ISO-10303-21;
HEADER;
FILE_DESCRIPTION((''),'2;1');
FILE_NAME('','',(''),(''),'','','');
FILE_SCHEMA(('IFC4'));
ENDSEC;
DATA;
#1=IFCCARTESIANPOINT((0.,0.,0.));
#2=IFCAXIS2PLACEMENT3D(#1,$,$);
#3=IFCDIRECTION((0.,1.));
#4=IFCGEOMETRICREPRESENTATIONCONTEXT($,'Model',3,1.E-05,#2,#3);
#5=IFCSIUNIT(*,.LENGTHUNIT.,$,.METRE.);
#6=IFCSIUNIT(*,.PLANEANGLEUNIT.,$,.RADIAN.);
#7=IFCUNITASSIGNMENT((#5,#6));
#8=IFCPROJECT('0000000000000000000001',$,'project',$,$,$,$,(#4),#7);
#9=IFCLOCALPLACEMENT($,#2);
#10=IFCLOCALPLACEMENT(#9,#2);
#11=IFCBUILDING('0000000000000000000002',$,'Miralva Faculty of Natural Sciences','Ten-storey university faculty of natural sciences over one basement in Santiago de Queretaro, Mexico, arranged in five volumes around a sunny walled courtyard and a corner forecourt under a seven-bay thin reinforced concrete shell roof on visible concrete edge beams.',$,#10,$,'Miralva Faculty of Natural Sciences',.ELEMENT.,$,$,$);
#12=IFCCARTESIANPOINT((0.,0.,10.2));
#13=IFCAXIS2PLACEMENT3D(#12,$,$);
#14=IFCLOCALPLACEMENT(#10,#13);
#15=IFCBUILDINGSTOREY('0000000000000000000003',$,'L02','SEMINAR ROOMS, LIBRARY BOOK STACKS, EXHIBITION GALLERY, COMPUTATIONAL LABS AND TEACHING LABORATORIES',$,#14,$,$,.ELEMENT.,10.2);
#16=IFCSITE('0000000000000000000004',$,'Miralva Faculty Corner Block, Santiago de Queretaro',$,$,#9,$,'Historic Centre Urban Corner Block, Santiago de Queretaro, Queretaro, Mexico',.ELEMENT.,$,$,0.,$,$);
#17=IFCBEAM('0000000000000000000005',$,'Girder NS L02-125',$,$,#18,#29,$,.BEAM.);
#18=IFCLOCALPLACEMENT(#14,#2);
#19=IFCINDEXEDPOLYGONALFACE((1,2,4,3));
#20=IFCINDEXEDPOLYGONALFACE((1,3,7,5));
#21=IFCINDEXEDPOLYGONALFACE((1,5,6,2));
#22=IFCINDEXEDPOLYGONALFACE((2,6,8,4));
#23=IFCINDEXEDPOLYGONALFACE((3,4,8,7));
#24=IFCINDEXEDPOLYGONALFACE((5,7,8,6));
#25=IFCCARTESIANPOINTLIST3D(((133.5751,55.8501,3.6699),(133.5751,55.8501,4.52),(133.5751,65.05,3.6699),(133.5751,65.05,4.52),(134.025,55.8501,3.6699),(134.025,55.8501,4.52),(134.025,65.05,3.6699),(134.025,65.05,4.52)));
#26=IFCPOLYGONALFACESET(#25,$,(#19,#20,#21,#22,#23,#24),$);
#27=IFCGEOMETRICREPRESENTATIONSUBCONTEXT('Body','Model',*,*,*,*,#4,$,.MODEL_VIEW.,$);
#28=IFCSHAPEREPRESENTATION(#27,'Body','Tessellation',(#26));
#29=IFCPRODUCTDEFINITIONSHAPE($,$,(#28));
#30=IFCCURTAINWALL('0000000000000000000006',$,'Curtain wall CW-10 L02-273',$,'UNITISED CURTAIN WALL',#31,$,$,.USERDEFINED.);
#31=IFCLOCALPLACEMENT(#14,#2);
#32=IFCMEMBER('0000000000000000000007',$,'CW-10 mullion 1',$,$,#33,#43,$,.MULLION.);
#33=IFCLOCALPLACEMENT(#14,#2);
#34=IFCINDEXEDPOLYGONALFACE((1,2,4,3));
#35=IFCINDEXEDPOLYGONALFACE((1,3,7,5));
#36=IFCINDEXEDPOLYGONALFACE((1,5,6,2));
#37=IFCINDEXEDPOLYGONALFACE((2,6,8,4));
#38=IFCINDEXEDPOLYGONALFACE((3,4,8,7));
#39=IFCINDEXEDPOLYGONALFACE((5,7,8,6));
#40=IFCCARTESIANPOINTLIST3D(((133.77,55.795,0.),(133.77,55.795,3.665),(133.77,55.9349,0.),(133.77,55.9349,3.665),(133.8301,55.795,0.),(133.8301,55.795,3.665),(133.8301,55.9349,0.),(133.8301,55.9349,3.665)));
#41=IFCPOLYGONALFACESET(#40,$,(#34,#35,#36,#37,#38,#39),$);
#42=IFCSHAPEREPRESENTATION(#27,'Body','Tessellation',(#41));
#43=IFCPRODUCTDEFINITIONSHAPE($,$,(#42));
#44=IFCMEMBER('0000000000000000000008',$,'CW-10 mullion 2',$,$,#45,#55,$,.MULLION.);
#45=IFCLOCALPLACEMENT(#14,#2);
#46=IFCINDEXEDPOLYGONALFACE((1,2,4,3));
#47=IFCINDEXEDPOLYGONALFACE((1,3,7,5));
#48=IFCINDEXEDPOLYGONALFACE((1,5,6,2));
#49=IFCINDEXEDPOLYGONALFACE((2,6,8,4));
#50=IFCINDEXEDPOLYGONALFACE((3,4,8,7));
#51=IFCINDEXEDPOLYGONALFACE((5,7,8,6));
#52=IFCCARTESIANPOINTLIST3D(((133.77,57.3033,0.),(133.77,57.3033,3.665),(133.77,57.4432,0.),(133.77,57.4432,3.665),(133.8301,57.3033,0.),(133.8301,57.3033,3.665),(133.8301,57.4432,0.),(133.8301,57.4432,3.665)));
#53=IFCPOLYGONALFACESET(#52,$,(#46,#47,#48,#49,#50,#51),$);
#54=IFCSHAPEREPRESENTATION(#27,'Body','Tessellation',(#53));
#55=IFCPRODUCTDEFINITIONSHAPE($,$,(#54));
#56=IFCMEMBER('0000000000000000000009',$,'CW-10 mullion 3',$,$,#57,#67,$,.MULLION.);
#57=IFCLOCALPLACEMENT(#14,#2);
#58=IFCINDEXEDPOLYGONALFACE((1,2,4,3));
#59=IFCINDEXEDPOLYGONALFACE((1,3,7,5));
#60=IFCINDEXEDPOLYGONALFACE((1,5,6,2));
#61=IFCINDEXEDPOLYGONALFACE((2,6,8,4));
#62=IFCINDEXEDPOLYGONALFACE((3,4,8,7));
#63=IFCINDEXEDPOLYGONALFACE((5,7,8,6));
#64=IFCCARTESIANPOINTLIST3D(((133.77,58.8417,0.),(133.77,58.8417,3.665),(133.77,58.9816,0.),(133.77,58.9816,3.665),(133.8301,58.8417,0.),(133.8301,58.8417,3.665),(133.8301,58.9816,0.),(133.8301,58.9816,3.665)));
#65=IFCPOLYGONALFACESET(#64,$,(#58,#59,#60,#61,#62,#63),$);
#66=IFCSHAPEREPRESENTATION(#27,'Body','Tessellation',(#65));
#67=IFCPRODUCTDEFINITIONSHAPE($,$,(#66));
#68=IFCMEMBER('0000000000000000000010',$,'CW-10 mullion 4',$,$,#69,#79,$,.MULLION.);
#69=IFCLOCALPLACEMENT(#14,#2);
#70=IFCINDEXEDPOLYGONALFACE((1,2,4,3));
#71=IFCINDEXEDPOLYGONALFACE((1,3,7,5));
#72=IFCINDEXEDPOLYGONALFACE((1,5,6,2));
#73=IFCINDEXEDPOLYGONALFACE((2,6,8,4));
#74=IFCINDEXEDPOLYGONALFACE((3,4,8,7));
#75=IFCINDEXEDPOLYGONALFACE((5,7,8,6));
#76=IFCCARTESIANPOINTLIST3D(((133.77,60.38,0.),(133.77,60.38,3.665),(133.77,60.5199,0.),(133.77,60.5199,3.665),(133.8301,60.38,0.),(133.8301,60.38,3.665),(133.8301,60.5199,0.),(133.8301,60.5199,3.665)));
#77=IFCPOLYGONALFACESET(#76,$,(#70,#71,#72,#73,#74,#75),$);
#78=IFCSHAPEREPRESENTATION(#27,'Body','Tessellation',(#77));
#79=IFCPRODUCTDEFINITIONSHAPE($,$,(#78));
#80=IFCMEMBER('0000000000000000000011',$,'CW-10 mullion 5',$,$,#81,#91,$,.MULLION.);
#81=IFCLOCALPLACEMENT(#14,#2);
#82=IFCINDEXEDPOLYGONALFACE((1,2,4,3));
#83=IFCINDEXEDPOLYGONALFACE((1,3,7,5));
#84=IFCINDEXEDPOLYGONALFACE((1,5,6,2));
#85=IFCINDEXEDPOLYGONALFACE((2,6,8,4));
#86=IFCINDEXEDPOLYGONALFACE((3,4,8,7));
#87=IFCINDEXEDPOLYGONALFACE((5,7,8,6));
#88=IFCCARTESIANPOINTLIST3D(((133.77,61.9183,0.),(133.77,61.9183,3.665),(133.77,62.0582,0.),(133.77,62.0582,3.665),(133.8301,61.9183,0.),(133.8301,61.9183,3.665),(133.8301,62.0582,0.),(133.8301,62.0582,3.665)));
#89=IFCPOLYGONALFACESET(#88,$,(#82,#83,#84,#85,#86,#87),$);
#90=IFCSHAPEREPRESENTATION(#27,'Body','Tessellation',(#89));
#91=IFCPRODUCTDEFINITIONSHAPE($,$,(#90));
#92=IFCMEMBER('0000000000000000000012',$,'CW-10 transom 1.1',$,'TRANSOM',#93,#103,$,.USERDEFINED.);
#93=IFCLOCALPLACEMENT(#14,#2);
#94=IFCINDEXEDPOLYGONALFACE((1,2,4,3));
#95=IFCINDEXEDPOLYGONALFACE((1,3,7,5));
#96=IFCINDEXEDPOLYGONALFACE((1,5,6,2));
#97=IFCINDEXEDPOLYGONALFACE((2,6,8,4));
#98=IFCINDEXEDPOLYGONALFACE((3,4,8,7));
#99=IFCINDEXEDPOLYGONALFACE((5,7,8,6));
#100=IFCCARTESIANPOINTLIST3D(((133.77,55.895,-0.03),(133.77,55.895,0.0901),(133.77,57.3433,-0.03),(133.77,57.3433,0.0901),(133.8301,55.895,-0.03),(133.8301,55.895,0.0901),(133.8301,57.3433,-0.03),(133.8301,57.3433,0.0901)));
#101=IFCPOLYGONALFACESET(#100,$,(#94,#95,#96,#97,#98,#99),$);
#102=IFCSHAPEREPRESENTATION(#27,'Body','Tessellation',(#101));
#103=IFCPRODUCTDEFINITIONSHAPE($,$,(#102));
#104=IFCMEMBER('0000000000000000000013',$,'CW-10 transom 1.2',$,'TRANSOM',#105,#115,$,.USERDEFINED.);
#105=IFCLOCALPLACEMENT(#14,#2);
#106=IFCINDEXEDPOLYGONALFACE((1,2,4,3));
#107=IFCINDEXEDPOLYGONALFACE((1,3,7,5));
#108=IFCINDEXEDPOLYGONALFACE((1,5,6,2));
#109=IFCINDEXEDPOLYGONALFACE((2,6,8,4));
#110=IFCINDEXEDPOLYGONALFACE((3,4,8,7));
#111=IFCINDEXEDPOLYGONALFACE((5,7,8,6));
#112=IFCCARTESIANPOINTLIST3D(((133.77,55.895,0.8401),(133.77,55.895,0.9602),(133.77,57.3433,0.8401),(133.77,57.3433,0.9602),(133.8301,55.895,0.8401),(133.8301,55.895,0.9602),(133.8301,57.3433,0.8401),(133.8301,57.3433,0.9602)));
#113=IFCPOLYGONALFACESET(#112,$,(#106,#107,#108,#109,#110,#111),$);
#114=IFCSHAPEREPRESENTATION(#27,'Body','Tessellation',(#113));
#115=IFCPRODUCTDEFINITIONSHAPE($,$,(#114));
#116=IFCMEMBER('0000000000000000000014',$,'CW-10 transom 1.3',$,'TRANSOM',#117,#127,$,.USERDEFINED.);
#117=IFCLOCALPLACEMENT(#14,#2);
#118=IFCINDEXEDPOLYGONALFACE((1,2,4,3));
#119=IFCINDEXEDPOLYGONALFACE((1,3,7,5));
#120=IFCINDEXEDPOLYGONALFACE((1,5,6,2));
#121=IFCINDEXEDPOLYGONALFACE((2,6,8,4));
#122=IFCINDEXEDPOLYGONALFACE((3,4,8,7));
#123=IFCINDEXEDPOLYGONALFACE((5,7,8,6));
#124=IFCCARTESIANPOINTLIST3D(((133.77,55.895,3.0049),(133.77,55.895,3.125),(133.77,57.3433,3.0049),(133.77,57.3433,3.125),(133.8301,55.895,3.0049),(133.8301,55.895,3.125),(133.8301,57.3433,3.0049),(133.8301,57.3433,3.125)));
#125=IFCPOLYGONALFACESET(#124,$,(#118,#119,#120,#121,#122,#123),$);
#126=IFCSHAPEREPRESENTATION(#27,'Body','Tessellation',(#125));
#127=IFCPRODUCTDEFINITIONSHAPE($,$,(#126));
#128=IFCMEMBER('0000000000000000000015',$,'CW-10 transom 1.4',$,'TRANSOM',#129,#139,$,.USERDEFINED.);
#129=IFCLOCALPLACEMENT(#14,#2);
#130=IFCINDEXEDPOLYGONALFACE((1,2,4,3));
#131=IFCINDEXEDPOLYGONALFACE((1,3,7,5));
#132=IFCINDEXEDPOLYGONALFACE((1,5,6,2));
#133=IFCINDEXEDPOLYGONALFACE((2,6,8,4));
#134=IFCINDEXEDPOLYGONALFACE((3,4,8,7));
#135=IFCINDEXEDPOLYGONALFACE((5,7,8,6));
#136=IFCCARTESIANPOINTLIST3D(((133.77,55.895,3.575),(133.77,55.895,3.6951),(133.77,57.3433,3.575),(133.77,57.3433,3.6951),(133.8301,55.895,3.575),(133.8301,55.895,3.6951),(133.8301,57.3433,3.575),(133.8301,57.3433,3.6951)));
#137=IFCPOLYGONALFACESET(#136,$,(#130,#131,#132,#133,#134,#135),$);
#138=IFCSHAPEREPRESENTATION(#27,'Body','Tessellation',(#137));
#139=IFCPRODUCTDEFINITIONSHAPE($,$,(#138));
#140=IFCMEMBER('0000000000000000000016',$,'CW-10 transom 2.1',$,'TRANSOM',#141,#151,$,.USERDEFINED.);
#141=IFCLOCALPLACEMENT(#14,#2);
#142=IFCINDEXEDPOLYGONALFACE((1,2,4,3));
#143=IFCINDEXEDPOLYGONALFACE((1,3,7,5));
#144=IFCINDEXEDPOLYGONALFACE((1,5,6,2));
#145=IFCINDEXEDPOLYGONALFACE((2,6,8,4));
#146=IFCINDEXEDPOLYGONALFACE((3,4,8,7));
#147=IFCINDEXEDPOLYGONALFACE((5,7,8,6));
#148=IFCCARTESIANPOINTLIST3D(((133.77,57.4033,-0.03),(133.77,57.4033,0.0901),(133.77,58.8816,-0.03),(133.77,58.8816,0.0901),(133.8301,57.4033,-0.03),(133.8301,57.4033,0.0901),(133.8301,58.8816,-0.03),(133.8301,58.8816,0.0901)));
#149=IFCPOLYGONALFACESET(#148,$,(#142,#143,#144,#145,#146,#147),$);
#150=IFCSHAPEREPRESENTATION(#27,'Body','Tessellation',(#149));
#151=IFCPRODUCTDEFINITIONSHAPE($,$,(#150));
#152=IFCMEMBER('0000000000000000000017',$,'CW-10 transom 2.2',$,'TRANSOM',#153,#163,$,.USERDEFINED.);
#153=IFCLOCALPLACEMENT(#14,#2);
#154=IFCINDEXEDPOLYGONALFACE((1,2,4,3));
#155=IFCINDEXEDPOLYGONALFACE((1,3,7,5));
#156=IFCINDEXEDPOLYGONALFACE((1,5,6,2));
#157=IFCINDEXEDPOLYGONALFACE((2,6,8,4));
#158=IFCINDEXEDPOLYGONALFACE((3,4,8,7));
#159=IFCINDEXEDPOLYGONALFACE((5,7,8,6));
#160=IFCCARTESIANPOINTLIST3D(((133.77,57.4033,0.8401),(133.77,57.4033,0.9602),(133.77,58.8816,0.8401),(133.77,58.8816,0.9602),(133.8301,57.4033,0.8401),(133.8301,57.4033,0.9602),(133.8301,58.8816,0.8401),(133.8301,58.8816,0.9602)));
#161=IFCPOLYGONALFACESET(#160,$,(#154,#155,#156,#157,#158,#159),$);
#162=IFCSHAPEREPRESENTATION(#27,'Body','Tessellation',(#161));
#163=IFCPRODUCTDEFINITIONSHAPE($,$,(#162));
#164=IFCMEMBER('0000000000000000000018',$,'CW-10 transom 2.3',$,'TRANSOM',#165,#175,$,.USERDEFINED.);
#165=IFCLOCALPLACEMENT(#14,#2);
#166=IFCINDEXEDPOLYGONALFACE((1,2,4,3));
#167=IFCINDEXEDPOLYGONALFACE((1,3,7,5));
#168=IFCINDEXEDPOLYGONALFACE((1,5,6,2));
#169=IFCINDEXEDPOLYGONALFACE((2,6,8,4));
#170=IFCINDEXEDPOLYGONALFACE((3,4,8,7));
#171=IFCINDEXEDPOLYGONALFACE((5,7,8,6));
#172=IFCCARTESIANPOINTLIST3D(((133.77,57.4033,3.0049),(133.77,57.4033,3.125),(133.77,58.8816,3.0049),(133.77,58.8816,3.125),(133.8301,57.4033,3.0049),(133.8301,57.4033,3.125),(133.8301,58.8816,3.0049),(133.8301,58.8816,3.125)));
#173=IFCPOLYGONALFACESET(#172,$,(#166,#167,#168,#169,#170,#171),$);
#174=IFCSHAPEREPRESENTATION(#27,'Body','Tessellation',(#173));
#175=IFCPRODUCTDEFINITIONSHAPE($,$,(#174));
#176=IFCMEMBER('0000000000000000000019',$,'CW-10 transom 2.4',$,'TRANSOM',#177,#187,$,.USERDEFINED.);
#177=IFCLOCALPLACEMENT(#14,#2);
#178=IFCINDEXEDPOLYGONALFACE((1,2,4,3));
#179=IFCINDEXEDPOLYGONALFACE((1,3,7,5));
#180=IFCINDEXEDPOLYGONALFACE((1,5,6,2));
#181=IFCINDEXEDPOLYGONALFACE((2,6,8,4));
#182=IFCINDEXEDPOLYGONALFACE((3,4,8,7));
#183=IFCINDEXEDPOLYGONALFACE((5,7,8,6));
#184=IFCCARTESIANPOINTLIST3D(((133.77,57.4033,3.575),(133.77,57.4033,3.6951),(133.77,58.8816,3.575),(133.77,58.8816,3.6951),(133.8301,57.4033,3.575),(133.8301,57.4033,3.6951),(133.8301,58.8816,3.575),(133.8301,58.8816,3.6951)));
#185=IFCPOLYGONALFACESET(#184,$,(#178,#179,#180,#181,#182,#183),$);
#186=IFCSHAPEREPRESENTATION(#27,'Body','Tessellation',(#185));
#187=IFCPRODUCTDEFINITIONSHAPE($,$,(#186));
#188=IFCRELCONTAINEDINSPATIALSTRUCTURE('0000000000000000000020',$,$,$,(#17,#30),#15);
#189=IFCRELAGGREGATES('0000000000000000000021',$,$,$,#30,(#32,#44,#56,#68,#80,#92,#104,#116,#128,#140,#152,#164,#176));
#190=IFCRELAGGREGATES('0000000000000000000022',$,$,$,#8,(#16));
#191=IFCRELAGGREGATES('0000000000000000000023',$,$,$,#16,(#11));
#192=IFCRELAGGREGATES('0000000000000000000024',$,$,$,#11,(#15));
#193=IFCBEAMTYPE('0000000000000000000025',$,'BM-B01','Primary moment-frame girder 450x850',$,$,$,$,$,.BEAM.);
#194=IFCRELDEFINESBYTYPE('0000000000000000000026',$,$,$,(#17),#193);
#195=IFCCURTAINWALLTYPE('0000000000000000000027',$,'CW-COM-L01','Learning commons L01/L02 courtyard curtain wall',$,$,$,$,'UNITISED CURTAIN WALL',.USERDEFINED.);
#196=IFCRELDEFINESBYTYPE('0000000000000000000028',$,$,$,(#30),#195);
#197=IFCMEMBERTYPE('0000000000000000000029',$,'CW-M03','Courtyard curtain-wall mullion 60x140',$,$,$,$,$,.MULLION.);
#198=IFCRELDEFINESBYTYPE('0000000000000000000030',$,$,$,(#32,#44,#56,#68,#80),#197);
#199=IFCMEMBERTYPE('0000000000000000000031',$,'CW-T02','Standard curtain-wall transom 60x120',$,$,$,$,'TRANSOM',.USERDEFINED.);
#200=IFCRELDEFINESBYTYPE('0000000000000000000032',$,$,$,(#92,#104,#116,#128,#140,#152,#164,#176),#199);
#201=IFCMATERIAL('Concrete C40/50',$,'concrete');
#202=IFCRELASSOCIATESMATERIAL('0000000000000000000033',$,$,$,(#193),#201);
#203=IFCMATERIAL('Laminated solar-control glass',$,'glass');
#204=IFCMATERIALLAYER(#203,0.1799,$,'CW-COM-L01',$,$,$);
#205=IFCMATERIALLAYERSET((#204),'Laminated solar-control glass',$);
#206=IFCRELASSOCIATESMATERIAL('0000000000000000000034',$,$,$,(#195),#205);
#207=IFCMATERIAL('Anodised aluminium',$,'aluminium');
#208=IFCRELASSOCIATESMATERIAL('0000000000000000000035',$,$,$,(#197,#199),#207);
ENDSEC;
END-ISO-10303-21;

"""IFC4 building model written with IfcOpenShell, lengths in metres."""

from ifc_helpers import new_model, si_unit, direction, frame, origin, origin_2d, place, context, subcontext, project, spatial, rectangle, extrude, material, layer, layer_set, material_profile, profile_set, type_object, element, aggregate, save


model = new_model("IFC4")

# Units and contexts
model_context = context("Model", 3, precision=1e-05, world=origin(), true_north=direction((0.0, 1.0)))
body_context = subcontext(model_context, "Body", "Model", "MODEL_VIEW")
ifc_project = project(units=[si_unit("LENGTHUNIT", "METRE"), si_unit("PLANEANGLEUNIT", "RADIAN")], contexts=[model_context])

# Site, building, storey
site_placement = place(None, origin())
site = spatial("IfcSite", under=ifc_project, at=site_placement, Name="Miralva Faculty Corner Block, Santiago de Queretaro", LongName="Historic Centre Urban Corner Block, Santiago de Queretaro, Queretaro, Mexico", CompositionType="ELEMENT", RefElevation=0.0)
building_placement = place(site_placement, origin())
building = spatial("IfcBuilding", under=site, at=building_placement, Name="Miralva Faculty of Natural Sciences", Description="Ten-storey university faculty of natural sciences over one basement in Santiago de Queretaro, Mexico, arranged in five volumes around a sunny walled courtyard and a corner forecourt under a seven-bay thin reinforced concrete shell roof on visible concrete edge beams.", LongName="Miralva Faculty of Natural Sciences", CompositionType="ELEMENT")
storey_placement = place(building_placement, frame((0.0, 0.0, 10.2)))
storey = spatial("IfcBuildingStorey", under=building, at=storey_placement, Name="L02", Description="SEMINAR ROOMS, LIBRARY BOOK STACKS, EXHIBITION GALLERY, COMPUTATIONAL LABS AND TEACHING LABORATORIES", CompositionType="ELEMENT", Elevation=10.2)

# Beam
ifc_material_1 = material(Name="Concrete C40/50", Category="concrete")
ifc_material_profile_1 = material_profile(ifc_material_1, rectangle(XDim=0.45, YDim=0.8501, at=origin_2d()), Name="RC 450x850")
ifc_profile_set_1 = profile_set([ifc_material_profile_1], Name="Concrete C40/50")
beam_type = type_object("IfcBeamType", Name="BM-B01", Description="Primary moment-frame girder 450x850", PredefinedType="BEAM", material=ifc_profile_set_1)
beam_placement = place(storey_placement, frame((133.8, 55.8501, 4.095), z_axis=(0.0, 1.0, 0.0), x_axis=(-1.0, 0.0, 0.0)))
element("IfcBeam", 1, at=beam_placement, inside=storey, type_object=beam_type, Name="Girder NS L02-125", PredefinedType="BEAM", context=body_context, shape_type="SweptSolid", body=[
    extrude(rectangle(XDim=0.45, YDim=0.8501, at=origin_2d()), origin(), (0.0, 0.0, 1.0), 9.2),
])

# Curtain wall, members
ifc_material_2 = material(Name="Laminated solar-control glass", Category="glass")
ifc_layer_1 = layer(ifc_material_2, 0.1799, Name="CW-COM-L01")
ifc_layer_set_1 = layer_set([ifc_layer_1], Name="Laminated solar-control glass")
curtain_wall_type = type_object("IfcCurtainWallType", Name="CW-COM-L01", Description="Learning commons L01/L02 courtyard curtain wall", ElementType="UNITISED CURTAIN WALL", PredefinedType="USERDEFINED", material=ifc_layer_set_1)
curtain_wall_placement = place(storey_placement, origin())
curtain_wall = element("IfcCurtainWall", 2, at=curtain_wall_placement, inside=storey, type_object=curtain_wall_type, Name="Curtain wall CW-10 L02-273", ObjectType="UNITISED CURTAIN WALL", PredefinedType="USERDEFINED")
ifc_material_3 = material(Name="Anodised aluminium", Category="aluminium")
ifc_material_profile_2 = material_profile(ifc_material_3, rectangle(XDim=0.0601, YDim=0.1399, at=origin_2d()), Name="MULLION 60x140")
ifc_profile_set_2 = profile_set([ifc_material_profile_2], Name="Anodised aluminium")
member_type_1 = type_object("IfcMemberType", Name="CW-M03", Description="Courtyard curtain-wall mullion 60x140", PredefinedType="MULLION", material=ifc_profile_set_2)
member_1_placement = place(storey_placement, frame((133.8, 55.865, 0.0), z_axis=(0.0, 0.0, 1.0), x_axis=(-1.0, 0.0, 0.0)))
member_1 = element("IfcMember", 3, at=member_1_placement, type_object=member_type_1, Name="CW-10 mullion 1", PredefinedType="MULLION", context=body_context, shape_type="SweptSolid", body=[
    extrude(rectangle(XDim=0.0601, YDim=0.1399, at=origin_2d()), origin(), (0.0, 0.0, 1.0), 3.665),
])
member_2_placement = place(storey_placement, frame((133.8, 57.3733, 0.0), z_axis=(0.0, 0.0, 1.0), x_axis=(-1.0, 0.0, 0.0)))
member_2 = element("IfcMember", 4, at=member_2_placement, type_object=member_type_1, Name="CW-10 mullion 2", PredefinedType="MULLION", context=body_context, shape_type="SweptSolid", body=[
    extrude(rectangle(XDim=0.0601, YDim=0.1399, at=origin_2d()), origin(), (0.0, 0.0, 1.0), 3.665),
])
member_3_placement = place(storey_placement, frame((133.8, 58.9116, 0.0), z_axis=(0.0, 0.0, 1.0), x_axis=(-1.0, 0.0, 0.0)))
member_3 = element("IfcMember", 5, at=member_3_placement, type_object=member_type_1, Name="CW-10 mullion 3", PredefinedType="MULLION", context=body_context, shape_type="SweptSolid", body=[
    extrude(rectangle(XDim=0.0601, YDim=0.1399, at=origin_2d()), origin(), (0.0, 0.0, 1.0), 3.665),
])
member_4_placement = place(storey_placement, frame((133.8, 60.45, 0.0), z_axis=(0.0, 0.0, 1.0), x_axis=(-1.0, 0.0, 0.0)))
member_4 = element("IfcMember", 6, at=member_4_placement, type_object=member_type_1, Name="CW-10 mullion 4", PredefinedType="MULLION", context=body_context, shape_type="SweptSolid", body=[
    extrude(rectangle(XDim=0.0601, YDim=0.1399, at=origin_2d()), origin(), (0.0, 0.0, 1.0), 3.665),
])
member_5_placement = place(storey_placement, frame((133.8, 61.9883, 0.0), z_axis=(0.0, 0.0, 1.0), x_axis=(-1.0, 0.0, 0.0)))
member_5 = element("IfcMember", 7, at=member_5_placement, type_object=member_type_1, Name="CW-10 mullion 5", PredefinedType="MULLION", context=body_context, shape_type="SweptSolid", body=[
    extrude(rectangle(XDim=0.0601, YDim=0.1399, at=origin_2d()), origin(), (0.0, 0.0, 1.0), 3.665),
])
ifc_material_profile_3 = material_profile(ifc_material_3, rectangle(XDim=0.0601, YDim=0.1201, at=origin_2d()), Name="TRANSOM 60x120")
ifc_profile_set_3 = profile_set([ifc_material_profile_3], Name="Anodised aluminium")
member_type_2 = type_object("IfcMemberType", Name="CW-T02", Description="Standard curtain-wall transom 60x120", ElementType="TRANSOM", PredefinedType="USERDEFINED", material=ifc_profile_set_3)
member_6_placement = place(storey_placement, frame((133.8, 55.895, 0.03), z_axis=(0.0, 1.0, 0.0), x_axis=(-1.0, 0.0, 0.0)))
member_6 = element("IfcMember", 8, at=member_6_placement, type_object=member_type_2, Name="CW-10 transom 1.1", ObjectType="TRANSOM", PredefinedType="USERDEFINED", context=body_context, shape_type="SweptSolid", body=[
    extrude(rectangle(XDim=0.0601, YDim=0.1201, at=origin_2d()), origin(), (0.0, 0.0, 1.0), 1.4482),
])
member_7_placement = place(storey_placement, frame((133.8, 55.895, 0.9001), z_axis=(0.0, 1.0, 0.0), x_axis=(-1.0, 0.0, 0.0)))
member_7 = element("IfcMember", 9, at=member_7_placement, type_object=member_type_2, Name="CW-10 transom 1.2", ObjectType="TRANSOM", PredefinedType="USERDEFINED", context=body_context, shape_type="SweptSolid", body=[
    extrude(rectangle(XDim=0.0601, YDim=0.1201, at=origin_2d()), origin(), (0.0, 0.0, 1.0), 1.4482),
])
member_8_placement = place(storey_placement, frame((133.8, 55.895, 3.0649), z_axis=(0.0, 1.0, 0.0), x_axis=(-1.0, 0.0, 0.0)))
member_8 = element("IfcMember", 10, at=member_8_placement, type_object=member_type_2, Name="CW-10 transom 1.3", ObjectType="TRANSOM", PredefinedType="USERDEFINED", context=body_context, shape_type="SweptSolid", body=[
    extrude(rectangle(XDim=0.0601, YDim=0.1201, at=origin_2d()), origin(), (0.0, 0.0, 1.0), 1.4482),
])
member_9_placement = place(storey_placement, frame((133.8, 55.895, 3.635), z_axis=(0.0, 1.0, 0.0), x_axis=(-1.0, 0.0, 0.0)))
member_9 = element("IfcMember", 11, at=member_9_placement, type_object=member_type_2, Name="CW-10 transom 1.4", ObjectType="TRANSOM", PredefinedType="USERDEFINED", context=body_context, shape_type="SweptSolid", body=[
    extrude(rectangle(XDim=0.0601, YDim=0.1201, at=origin_2d()), origin(), (0.0, 0.0, 1.0), 1.4482),
])
member_10_placement = place(storey_placement, frame((133.8, 57.4033, 0.03), z_axis=(0.0, 1.0, 0.0), x_axis=(-1.0, 0.0, 0.0)))
member_10 = element("IfcMember", 12, at=member_10_placement, type_object=member_type_2, Name="CW-10 transom 2.1", ObjectType="TRANSOM", PredefinedType="USERDEFINED", context=body_context, shape_type="SweptSolid", body=[
    extrude(rectangle(XDim=0.0601, YDim=0.1201, at=origin_2d()), origin(), (0.0, 0.0, 1.0), 1.4783),
])
member_11_placement = place(storey_placement, frame((133.8, 57.4033, 0.9001), z_axis=(0.0, 1.0, 0.0), x_axis=(-1.0, 0.0, 0.0)))
member_11 = element("IfcMember", 13, at=member_11_placement, type_object=member_type_2, Name="CW-10 transom 2.2", ObjectType="TRANSOM", PredefinedType="USERDEFINED", context=body_context, shape_type="SweptSolid", body=[
    extrude(rectangle(XDim=0.0601, YDim=0.1201, at=origin_2d()), origin(), (0.0, 0.0, 1.0), 1.4783),
])
member_12_placement = place(storey_placement, frame((133.8, 57.4033, 3.0649), z_axis=(0.0, 1.0, 0.0), x_axis=(-1.0, 0.0, 0.0)))
member_12 = element("IfcMember", 14, at=member_12_placement, type_object=member_type_2, Name="CW-10 transom 2.3", ObjectType="TRANSOM", PredefinedType="USERDEFINED", context=body_context, shape_type="SweptSolid", body=[
    extrude(rectangle(XDim=0.0601, YDim=0.1201, at=origin_2d()), origin(), (0.0, 0.0, 1.0), 1.4783),
])
member_13_placement = place(storey_placement, frame((133.8, 57.4033, 3.635), z_axis=(0.0, 1.0, 0.0), x_axis=(-1.0, 0.0, 0.0)))
member_13 = element("IfcMember", 15, at=member_13_placement, type_object=member_type_2, Name="CW-10 transom 2.4", ObjectType="TRANSOM", PredefinedType="USERDEFINED", context=body_context, shape_type="SweptSolid", body=[
    extrude(rectangle(XDim=0.0601, YDim=0.1201, at=origin_2d()), origin(), (0.0, 0.0, 1.0), 1.4783),
])
aggregate(curtain_wall, [member_1, member_2, member_3, member_4, member_5, member_6, member_7, member_8, member_9, member_10, member_11, member_12, member_13])

save(model, "model.ifc")
